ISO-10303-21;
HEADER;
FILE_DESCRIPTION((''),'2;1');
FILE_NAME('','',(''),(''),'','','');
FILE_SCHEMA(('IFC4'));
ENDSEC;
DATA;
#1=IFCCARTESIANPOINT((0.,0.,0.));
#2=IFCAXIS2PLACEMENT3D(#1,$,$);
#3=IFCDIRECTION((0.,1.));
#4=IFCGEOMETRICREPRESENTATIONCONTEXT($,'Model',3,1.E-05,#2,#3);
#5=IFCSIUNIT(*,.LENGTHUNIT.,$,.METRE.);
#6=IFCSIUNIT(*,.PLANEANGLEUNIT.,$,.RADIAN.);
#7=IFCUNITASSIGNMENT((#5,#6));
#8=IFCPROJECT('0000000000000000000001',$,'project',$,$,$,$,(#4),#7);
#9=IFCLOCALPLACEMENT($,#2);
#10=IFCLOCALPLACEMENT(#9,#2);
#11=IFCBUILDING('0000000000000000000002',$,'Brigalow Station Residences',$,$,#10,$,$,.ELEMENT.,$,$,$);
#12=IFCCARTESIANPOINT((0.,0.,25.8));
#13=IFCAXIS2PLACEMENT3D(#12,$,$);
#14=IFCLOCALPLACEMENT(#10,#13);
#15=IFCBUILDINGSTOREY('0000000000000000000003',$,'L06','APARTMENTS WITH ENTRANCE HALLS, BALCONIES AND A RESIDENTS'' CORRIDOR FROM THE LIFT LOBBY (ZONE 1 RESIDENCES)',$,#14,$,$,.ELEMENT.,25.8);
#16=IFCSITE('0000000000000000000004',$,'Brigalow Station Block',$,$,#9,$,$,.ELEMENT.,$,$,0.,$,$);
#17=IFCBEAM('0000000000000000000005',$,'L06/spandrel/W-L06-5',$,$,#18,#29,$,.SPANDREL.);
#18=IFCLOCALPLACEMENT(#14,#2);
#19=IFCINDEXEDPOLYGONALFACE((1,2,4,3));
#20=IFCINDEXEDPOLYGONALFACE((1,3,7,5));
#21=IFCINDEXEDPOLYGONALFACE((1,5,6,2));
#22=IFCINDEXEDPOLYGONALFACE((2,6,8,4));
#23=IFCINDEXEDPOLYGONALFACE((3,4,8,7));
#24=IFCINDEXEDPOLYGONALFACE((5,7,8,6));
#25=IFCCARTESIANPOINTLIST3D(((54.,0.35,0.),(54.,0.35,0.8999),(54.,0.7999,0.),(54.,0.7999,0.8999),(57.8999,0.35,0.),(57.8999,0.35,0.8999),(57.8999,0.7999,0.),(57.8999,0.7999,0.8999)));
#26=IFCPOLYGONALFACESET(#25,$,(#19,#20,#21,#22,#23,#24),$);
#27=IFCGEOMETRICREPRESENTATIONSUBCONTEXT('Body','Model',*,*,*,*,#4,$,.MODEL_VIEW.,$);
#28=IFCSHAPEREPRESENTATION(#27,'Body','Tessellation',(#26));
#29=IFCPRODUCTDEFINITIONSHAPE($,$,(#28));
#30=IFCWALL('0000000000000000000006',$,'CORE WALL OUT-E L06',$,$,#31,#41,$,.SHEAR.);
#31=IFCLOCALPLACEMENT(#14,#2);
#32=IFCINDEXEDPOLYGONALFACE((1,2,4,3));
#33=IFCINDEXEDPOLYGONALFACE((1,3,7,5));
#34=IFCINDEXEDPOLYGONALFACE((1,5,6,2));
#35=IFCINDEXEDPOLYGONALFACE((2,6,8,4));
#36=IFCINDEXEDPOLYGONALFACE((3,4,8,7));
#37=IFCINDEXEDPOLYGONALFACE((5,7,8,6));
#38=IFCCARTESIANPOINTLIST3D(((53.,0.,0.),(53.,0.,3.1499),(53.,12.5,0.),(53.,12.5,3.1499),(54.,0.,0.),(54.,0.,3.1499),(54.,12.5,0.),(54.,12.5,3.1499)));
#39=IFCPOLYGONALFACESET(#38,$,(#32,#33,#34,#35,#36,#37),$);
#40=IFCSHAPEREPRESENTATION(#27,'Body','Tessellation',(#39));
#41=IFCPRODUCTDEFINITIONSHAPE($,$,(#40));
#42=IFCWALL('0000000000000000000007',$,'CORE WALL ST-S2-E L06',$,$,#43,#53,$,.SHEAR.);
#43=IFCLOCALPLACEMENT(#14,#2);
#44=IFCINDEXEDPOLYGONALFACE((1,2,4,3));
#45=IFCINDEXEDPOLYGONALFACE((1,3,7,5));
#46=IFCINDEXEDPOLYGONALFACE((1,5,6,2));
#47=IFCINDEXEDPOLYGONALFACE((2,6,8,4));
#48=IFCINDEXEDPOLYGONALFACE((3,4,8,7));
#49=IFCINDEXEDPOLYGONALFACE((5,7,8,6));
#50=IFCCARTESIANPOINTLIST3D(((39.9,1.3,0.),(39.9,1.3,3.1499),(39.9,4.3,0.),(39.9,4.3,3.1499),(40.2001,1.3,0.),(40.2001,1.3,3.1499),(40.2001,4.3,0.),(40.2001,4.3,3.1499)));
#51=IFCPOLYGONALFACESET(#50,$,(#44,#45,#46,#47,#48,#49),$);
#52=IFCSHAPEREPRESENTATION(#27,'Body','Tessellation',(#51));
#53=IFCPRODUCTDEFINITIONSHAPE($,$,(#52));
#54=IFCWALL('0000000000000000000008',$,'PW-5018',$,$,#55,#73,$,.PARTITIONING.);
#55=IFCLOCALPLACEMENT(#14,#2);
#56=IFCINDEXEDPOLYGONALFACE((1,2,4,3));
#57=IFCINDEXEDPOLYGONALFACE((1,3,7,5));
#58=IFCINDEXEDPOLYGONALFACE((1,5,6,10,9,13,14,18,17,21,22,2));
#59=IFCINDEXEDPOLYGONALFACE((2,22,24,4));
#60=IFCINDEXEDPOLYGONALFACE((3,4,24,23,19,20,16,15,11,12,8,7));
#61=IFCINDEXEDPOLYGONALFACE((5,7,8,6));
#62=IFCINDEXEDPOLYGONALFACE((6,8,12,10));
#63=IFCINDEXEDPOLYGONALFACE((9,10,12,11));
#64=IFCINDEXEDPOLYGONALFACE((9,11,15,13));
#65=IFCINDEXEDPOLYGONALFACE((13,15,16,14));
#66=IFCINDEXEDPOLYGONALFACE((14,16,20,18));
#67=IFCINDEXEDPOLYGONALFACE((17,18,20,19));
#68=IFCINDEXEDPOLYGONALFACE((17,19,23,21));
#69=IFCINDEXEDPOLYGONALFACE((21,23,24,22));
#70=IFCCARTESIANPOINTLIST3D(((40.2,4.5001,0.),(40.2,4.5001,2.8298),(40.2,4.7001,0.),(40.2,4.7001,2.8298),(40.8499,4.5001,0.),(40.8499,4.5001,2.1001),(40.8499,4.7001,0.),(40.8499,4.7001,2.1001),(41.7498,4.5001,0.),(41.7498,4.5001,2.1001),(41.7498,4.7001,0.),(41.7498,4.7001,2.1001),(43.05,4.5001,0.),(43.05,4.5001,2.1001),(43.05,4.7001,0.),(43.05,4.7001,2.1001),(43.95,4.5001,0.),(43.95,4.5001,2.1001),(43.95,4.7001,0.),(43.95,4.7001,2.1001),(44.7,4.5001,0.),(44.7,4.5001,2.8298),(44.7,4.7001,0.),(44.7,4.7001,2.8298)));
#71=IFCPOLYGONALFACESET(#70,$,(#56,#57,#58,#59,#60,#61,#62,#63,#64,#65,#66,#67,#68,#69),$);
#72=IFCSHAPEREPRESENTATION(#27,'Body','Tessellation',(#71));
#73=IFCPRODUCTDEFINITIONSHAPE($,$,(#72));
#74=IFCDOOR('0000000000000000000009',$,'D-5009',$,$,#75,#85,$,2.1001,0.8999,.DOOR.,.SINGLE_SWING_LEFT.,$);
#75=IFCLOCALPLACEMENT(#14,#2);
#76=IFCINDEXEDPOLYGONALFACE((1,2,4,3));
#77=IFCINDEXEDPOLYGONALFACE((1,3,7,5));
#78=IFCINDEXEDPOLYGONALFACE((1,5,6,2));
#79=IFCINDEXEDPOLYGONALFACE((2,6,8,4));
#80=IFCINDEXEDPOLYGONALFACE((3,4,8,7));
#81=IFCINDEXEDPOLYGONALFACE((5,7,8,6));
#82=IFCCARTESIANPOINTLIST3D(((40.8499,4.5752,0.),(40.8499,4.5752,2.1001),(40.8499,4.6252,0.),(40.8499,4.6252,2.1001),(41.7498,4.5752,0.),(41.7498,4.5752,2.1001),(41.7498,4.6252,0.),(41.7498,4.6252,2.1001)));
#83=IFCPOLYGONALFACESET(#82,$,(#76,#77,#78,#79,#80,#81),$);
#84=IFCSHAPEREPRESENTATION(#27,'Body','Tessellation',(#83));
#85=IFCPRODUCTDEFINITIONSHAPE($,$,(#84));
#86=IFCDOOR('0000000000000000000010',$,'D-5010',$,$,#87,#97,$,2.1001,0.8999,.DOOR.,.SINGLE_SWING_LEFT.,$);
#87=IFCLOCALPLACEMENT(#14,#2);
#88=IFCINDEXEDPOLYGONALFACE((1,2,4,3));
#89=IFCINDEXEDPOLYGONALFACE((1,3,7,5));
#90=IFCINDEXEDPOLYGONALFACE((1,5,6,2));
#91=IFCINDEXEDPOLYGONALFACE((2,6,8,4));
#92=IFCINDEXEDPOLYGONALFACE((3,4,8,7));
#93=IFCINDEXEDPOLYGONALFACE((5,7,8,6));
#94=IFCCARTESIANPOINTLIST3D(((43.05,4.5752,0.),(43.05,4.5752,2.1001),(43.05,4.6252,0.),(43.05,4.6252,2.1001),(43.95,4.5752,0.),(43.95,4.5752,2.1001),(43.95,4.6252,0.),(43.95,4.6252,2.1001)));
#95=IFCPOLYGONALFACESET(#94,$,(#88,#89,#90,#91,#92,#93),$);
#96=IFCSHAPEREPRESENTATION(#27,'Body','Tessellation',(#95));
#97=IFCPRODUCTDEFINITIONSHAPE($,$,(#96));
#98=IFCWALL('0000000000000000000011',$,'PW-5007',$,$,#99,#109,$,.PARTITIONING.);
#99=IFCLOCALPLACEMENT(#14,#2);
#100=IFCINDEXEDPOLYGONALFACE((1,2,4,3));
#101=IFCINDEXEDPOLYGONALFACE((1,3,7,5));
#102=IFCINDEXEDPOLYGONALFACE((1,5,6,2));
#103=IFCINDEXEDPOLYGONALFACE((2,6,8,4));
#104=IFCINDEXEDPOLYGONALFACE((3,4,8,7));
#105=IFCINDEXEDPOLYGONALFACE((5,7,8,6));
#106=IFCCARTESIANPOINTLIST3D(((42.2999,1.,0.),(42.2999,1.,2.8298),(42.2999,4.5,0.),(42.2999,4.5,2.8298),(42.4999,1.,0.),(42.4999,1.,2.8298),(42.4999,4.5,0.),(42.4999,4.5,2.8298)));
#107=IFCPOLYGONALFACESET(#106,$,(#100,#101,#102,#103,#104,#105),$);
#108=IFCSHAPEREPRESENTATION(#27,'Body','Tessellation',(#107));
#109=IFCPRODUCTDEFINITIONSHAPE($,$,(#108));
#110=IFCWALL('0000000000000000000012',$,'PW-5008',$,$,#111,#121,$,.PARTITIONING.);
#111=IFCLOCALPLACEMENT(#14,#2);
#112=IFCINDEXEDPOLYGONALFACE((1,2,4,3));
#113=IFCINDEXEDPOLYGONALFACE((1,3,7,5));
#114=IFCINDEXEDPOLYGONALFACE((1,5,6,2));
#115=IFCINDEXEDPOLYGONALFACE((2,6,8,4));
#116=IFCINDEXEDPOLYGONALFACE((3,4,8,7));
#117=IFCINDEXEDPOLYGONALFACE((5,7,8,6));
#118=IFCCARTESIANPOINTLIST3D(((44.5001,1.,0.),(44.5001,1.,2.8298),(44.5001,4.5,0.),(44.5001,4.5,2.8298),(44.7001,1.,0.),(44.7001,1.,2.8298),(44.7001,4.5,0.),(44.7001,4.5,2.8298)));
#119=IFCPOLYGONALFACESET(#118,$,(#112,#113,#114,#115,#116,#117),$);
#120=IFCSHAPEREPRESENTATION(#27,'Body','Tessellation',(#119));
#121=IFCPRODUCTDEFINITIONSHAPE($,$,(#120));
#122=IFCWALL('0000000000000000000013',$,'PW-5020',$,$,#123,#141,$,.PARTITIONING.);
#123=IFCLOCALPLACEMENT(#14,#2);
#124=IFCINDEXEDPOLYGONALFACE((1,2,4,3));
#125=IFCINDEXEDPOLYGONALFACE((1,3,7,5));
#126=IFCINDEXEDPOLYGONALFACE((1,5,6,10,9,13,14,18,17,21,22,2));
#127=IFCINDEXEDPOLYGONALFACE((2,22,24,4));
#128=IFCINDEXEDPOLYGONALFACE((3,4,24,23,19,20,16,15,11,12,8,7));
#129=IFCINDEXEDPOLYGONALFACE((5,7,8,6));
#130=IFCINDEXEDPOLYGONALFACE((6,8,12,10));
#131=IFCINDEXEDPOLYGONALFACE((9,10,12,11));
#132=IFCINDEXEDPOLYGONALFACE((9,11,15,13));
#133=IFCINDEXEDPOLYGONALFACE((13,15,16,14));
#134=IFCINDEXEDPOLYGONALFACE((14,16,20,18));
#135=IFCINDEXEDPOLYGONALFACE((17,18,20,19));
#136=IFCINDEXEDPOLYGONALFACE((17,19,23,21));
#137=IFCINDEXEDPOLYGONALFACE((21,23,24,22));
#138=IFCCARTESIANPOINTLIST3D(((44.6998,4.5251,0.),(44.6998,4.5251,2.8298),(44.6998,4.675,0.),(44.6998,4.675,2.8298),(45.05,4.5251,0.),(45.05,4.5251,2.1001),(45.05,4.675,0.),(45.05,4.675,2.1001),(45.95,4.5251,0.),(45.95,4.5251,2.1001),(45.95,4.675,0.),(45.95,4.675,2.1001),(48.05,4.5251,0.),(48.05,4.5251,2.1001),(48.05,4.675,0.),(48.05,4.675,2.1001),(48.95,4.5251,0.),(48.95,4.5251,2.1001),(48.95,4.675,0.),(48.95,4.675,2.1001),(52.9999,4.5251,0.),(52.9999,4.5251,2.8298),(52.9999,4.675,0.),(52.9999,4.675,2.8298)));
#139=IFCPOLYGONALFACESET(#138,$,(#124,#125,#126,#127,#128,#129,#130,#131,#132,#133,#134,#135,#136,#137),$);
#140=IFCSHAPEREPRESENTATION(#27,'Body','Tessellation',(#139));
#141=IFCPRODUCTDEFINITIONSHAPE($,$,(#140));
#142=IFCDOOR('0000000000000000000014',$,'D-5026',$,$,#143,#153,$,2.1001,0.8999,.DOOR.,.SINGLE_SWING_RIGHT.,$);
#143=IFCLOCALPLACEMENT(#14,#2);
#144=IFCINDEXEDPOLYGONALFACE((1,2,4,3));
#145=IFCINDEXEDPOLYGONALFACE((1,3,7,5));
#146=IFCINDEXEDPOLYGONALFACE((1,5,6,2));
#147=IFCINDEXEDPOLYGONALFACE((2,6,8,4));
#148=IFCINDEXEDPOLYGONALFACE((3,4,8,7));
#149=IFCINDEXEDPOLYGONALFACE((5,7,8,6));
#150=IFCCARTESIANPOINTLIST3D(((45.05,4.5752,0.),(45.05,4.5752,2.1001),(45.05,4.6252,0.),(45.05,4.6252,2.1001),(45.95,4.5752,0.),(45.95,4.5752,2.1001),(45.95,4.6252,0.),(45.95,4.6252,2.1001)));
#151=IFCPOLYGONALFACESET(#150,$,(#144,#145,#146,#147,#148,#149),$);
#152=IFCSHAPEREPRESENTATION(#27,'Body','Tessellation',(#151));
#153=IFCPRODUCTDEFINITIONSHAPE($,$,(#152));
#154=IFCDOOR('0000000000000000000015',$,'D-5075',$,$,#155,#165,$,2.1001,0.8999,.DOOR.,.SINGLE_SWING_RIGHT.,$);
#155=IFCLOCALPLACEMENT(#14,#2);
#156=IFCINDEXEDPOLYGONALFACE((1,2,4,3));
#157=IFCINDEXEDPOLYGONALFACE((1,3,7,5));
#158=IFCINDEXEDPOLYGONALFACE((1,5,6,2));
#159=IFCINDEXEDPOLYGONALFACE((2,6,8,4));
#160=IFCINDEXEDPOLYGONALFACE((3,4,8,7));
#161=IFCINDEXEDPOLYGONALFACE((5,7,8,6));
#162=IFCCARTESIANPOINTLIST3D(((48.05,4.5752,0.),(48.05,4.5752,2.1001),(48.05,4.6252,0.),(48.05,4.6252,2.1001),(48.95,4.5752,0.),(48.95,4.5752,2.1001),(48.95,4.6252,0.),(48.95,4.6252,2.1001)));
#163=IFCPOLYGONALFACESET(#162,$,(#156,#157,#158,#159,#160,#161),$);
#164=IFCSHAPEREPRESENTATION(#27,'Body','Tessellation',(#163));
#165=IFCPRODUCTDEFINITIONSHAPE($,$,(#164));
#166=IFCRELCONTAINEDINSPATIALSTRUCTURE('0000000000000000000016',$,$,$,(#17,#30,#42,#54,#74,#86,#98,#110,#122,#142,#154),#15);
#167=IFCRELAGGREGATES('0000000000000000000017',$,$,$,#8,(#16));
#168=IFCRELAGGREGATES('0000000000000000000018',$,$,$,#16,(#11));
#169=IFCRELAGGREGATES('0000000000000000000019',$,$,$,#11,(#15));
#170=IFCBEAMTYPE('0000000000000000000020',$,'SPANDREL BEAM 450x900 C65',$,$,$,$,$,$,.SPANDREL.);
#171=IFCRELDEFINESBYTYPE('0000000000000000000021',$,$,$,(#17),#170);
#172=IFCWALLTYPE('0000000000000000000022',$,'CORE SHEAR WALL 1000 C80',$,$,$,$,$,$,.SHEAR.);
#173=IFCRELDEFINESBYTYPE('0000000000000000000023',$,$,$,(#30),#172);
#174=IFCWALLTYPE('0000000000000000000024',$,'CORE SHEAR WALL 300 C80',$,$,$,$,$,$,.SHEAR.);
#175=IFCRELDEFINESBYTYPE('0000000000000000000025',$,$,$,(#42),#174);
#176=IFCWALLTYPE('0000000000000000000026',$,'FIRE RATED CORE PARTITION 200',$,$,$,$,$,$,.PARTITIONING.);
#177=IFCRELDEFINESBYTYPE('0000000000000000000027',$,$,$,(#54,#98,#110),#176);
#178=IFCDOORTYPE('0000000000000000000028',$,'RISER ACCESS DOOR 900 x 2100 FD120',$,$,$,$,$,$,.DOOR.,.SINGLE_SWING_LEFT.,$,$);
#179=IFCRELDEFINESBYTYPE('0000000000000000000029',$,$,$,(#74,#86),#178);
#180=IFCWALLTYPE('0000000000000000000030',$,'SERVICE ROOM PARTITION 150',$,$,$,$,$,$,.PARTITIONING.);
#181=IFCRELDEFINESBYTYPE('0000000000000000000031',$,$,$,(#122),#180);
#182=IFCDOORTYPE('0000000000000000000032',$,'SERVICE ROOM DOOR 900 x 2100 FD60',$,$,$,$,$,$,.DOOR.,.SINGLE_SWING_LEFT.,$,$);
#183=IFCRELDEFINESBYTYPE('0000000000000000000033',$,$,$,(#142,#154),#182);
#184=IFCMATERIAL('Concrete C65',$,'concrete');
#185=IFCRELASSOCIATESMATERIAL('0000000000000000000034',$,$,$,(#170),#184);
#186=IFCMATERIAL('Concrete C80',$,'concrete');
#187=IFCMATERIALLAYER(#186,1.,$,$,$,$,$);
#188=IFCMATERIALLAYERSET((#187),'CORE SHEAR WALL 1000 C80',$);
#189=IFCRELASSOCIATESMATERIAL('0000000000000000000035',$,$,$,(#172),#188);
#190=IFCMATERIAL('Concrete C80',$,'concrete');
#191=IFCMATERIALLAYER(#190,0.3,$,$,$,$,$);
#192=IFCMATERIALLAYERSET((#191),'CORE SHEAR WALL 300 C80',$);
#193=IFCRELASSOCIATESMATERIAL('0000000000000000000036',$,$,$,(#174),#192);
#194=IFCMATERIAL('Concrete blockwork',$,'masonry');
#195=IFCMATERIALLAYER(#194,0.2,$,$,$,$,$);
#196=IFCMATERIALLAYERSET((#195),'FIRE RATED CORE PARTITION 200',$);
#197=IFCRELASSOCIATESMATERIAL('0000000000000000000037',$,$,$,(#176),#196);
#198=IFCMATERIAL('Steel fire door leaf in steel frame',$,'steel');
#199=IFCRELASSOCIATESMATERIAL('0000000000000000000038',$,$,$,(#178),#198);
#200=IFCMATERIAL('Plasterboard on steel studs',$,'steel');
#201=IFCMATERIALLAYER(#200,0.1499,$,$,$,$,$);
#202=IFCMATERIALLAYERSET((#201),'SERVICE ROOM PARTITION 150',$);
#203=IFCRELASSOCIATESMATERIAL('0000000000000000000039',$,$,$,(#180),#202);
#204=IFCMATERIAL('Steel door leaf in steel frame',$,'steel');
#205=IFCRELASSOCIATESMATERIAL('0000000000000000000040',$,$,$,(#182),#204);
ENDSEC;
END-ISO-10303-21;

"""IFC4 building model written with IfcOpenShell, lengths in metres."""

from ifc_helpers import new_model, si_unit, direction, frame, frame_2d, origin, origin_2d, place, context, subcontext, project, spatial, rectangle, extrude, material, layer, layer_set, material_profile, profile_set, type_object, element, fill, save


model = new_model("IFC4")

# Units and contexts
model_context = context("Model", 3, precision=1e-05, world=origin(), true_north=direction((0.0, 1.0)))
body_context = subcontext(model_context, "Body", "Model", "MODEL_VIEW")
ifc_project = project(units=[si_unit("LENGTHUNIT", "METRE"), si_unit("PLANEANGLEUNIT", "RADIAN")], contexts=[model_context])

# Site, building, storey
site_placement = place(None, origin())
site = spatial("IfcSite", under=ifc_project, at=site_placement, Name="Brigalow Station Block", CompositionType="ELEMENT", RefElevation=0.0)
building_placement = place(site_placement, origin())
building = spatial("IfcBuilding", under=site, at=building_placement, Name="Brigalow Station Residences", CompositionType="ELEMENT")
storey_placement = place(building_placement, frame((0.0, 0.0, 25.8)))
storey = spatial("IfcBuildingStorey", under=building, at=storey_placement, Name="L06", Description="APARTMENTS WITH ENTRANCE HALLS, BALCONIES AND A RESIDENTS' CORRIDOR FROM THE LIFT LOBBY (ZONE 1 RESIDENCES)", CompositionType="ELEMENT", Elevation=25.8)

# Beam
ifc_material_1 = material(Name="Concrete C65", Category="concrete")
ifc_material_profile = material_profile(ifc_material_1, rectangle(XDim=0.45, YDim=0.8999, at=origin_2d()), Name="RC450x900")
ifc_profile_set = profile_set([ifc_material_profile], Name="Concrete C65")
beam_type = type_object("IfcBeamType", Name="SPANDREL BEAM 450x900 C65", PredefinedType="SPANDREL", material=ifc_profile_set)
beam_placement = place(storey_placement, frame((54.0, 0.575, 0.45), z_axis=(1.0, 0.0, 0.0), x_axis=(0.0, 1.0, 0.0)))
element("IfcBeam", 1, at=beam_placement, inside=storey, type_object=beam_type, Name="L06/spandrel/W-L06-5", PredefinedType="SPANDREL", context=body_context, shape_type="SweptSolid", body=[
    extrude(rectangle(XDim=0.45, YDim=0.8999, at=origin_2d()), origin(), (0.0, 0.0, 1.0), 3.8999),
])

# Walls
ifc_material_2 = material(Name="Concrete C80", Category="concrete")
ifc_layer_1 = layer(ifc_material_2, 1.0)
ifc_layer_set_1 = layer_set([ifc_layer_1], Name="CORE SHEAR WALL 1000 C80")
wall_type_1 = type_object("IfcWallType", Name="CORE SHEAR WALL 1000 C80", PredefinedType="SHEAR", material=ifc_layer_set_1)
wall_1_placement = place(storey_placement, frame((53.5, 0.0, 0.0), z_axis=(0.0, 0.0, 1.0), x_axis=(0.0, 1.0, 0.0)))
element("IfcWall", 2, at=wall_1_placement, inside=storey, type_object=wall_type_1, Name="CORE WALL OUT-E L06", PredefinedType="SHEAR", context=body_context, shape_type="SweptSolid", body=[
    extrude(rectangle(XDim=12.5, YDim=1.0, at=frame_2d((6.25, 0.0))), origin(), (0.0, 0.0, 1.0), 3.1499),
])
ifc_material_3 = material(Name="Concrete C80", Category="concrete")
ifc_layer_2 = layer(ifc_material_3, 0.3)
ifc_layer_set_2 = layer_set([ifc_layer_2], Name="CORE SHEAR WALL 300 C80")
wall_type_2 = type_object("IfcWallType", Name="CORE SHEAR WALL 300 C80", PredefinedType="SHEAR", material=ifc_layer_set_2)
wall_2_placement = place(storey_placement, frame((40.05, 1.3, 0.0), z_axis=(0.0, 0.0, 1.0), x_axis=(0.0, 1.0, 0.0)))
element("IfcWall", 3, at=wall_2_placement, inside=storey, type_object=wall_type_2, Name="CORE WALL ST-S2-E L06", PredefinedType="SHEAR", context=body_context, shape_type="SweptSolid", body=[
    extrude(rectangle(XDim=3.0, YDim=0.3, at=frame_2d((1.5, 0.0))), origin(), (0.0, 0.0, 1.0), 3.1499),
])

# Wall, openings, doors
ifc_material_4 = material(Name="Concrete blockwork", Category="masonry")
ifc_layer_3 = layer(ifc_material_4, 0.2)
ifc_layer_set_3 = layer_set([ifc_layer_3], Name="FIRE RATED CORE PARTITION 200")
wall_type_3 = type_object("IfcWallType", Name="FIRE RATED CORE PARTITION 200", PredefinedType="PARTITIONING", material=ifc_layer_set_3)
wall_3_placement = place(storey_placement, frame((40.2, 4.6001, 0.0), z_axis=(0.0, 0.0, 1.0), x_axis=(1.0, 0.0, 0.0)))
wall_3 = element("IfcWall", 4, at=wall_3_placement, inside=storey, type_object=wall_type_3, Name="PW-5018", PredefinedType="PARTITIONING", context=body_context, shape_type="SweptSolid", body=[
    extrude(rectangle(XDim=4.5, YDim=0.2, at=frame_2d((2.25, 0.0))), origin(), (0.0, 0.0, 1.0), 2.8298),
])
opening_1_placement = place(wall_3_placement, frame((0.6499, 0.0, 0.0)))
opening_1 = element("IfcOpeningElement", 5, at=opening_1_placement, cuts=wall_3, PredefinedType="OPENING", context=body_context, shape_type="SweptSolid", body=[
    extrude(rectangle(XDim=0.8999, YDim=2.1001, at=frame_2d((0.45, 1.05))), frame((0.0, 0.1099, 0.0), z_axis=(0.0, -1.0, 0.0), x_axis=(1.0, 0.0, 0.0)), (0.0, 0.0, 1.0), 0.22),
])
opening_2_placement = place(wall_3_placement, frame((2.8501, 0.0, 0.0)))
opening_2 = element("IfcOpeningElement", 6, at=opening_2_placement, cuts=wall_3, PredefinedType="OPENING", context=body_context, shape_type="SweptSolid", body=[
    extrude(rectangle(XDim=0.8999, YDim=2.1001, at=frame_2d((0.45, 1.05))), frame((0.0, 0.1099, 0.0), z_axis=(0.0, -1.0, 0.0), x_axis=(1.0, 0.0, 0.0)), (0.0, 0.0, 1.0), 0.22),
])
ifc_material_5 = material(Name="Steel fire door leaf in steel frame", Category="steel")
door_type_1 = type_object("IfcDoorType", Name="RISER ACCESS DOOR 900 x 2100 FD120", OperationType="SINGLE_SWING_LEFT", PredefinedType="DOOR", material=ifc_material_5)
door_1_placement = place(opening_1_placement, frame((0.8999, 0.0, 0.0), z_axis=(0.0, 0.0, 1.0), x_axis=(-1.0, 0.0, 0.0)))
door_1 = element("IfcDoor", 7, at=door_1_placement, inside=storey, type_object=door_type_1, Name="D-5009", OperationType="SINGLE_SWING_LEFT", OverallHeight=2.1001, OverallWidth=0.8999, PredefinedType="DOOR", context=body_context, shape_type="SweptSolid", body=[
    extrude(rectangle(XDim=0.8999, YDim=2.1001, at=frame_2d((0.45, 1.05))), frame((0.0, 0.0249, 0.0), z_axis=(0.0, -1.0, 0.0), x_axis=(1.0, 0.0, 0.0)), (0.0, 0.0, 1.0), 0.05),
])
fill(opening_1, door_1)
door_2_placement = place(opening_2_placement, frame((0.8999, 0.0, 0.0), z_axis=(0.0, 0.0, 1.0), x_axis=(-1.0, 0.0, 0.0)))
door_2 = element("IfcDoor", 8, at=door_2_placement, inside=storey, type_object=door_type_1, Name="D-5010", OperationType="SINGLE_SWING_LEFT", OverallHeight=2.1001, OverallWidth=0.8999, PredefinedType="DOOR", context=body_context, shape_type="SweptSolid", body=[
    extrude(rectangle(XDim=0.8999, YDim=2.1001, at=frame_2d((0.45, 1.05))), frame((0.0, 0.0249, 0.0), z_axis=(0.0, -1.0, 0.0), x_axis=(1.0, 0.0, 0.0)), (0.0, 0.0, 1.0), 0.05),
])
fill(opening_2, door_2)

# Walls
for number, where, z_axis, x_axis, name in (
    (9, (42.3999, 1.0, 0.0), (0.0, 0.0, 1.0), (0.0, 1.0, 0.0), "PW-5007"),
    (10, (44.6001, 1.0, 0.0), (0.0, 0.0, 1.0), (0.0, 1.0, 0.0), "PW-5008"),
):
    element("IfcWall", number, at=place(storey_placement, frame(where, z_axis=z_axis, x_axis=x_axis)), inside=storey, type_object=wall_type_3, Name=name, PredefinedType="PARTITIONING", context=body_context, shape_type="SweptSolid", body=[
        extrude(rectangle(XDim=3.5, YDim=0.2, at=frame_2d((1.75, 0.0))), origin(), (0.0, 0.0, 1.0), 2.8298),
    ])

# Wall, openings, doors
ifc_material_6 = material(Name="Plasterboard on steel studs", Category="steel")
ifc_layer_4 = layer(ifc_material_6, 0.1499)
ifc_layer_set_4 = layer_set([ifc_layer_4], Name="SERVICE ROOM PARTITION 150")
wall_type_4 = type_object("IfcWallType", Name="SERVICE ROOM PARTITION 150", PredefinedType="PARTITIONING", material=ifc_layer_set_4)
wall_4_placement = place(storey_placement, frame((44.7, 4.6001, 0.0), z_axis=(0.0, 0.0, 1.0), x_axis=(1.0, 0.0, 0.0)))
wall_4 = element("IfcWall", 11, at=wall_4_placement, inside=storey, type_object=wall_type_4, Name="PW-5020", PredefinedType="PARTITIONING", context=body_context, shape_type="SweptSolid", body=[
    extrude(rectangle(XDim=8.3, YDim=0.1499, at=frame_2d((4.1499, 0.0))), origin(), (0.0, 0.0, 1.0), 2.8298),
])
opening_3_placement = place(wall_4_placement, frame((0.3501, 0.0, 0.0)))
opening_3 = element("IfcOpeningElement", 12, at=opening_3_placement, cuts=wall_4, PredefinedType="OPENING", context=body_context, shape_type="SweptSolid", body=[
    extrude(rectangle(XDim=0.8999, YDim=2.1001, at=frame_2d((0.45, 1.05))), frame((0.0, 0.085, 0.0), z_axis=(0.0, -1.0, 0.0), x_axis=(1.0, 0.0, 0.0)), (0.0, 0.0, 1.0), 0.1699),
])
opening_4_placement = place(wall_4_placement, frame((3.3501, 0.0, 0.0)))
opening_4 = element("IfcOpeningElement", 13, at=opening_4_placement, cuts=wall_4, PredefinedType="OPENING", context=body_context, shape_type="SweptSolid", body=[
    extrude(rectangle(XDim=0.8999, YDim=2.1001, at=frame_2d((0.45, 1.05))), frame((0.0, 0.085, 0.0), z_axis=(0.0, -1.0, 0.0), x_axis=(1.0, 0.0, 0.0)), (0.0, 0.0, 1.0), 0.1699),
])
ifc_material_7 = material(Name="Steel door leaf in steel frame", Category="steel")
door_type_2 = type_object("IfcDoorType", Name="SERVICE ROOM DOOR 900 x 2100 FD60", OperationType="SINGLE_SWING_LEFT", PredefinedType="DOOR", material=ifc_material_7)
door_3_placement = place(opening_3_placement, frame((0.8999, 0.0, 0.0), z_axis=(0.0, 0.0, 1.0), x_axis=(-1.0, 0.0, 0.0)))
door_3 = element("IfcDoor", 14, at=door_3_placement, inside=storey, type_object=door_type_2, Name="D-5026", OperationType="SINGLE_SWING_RIGHT", OverallHeight=2.1001, OverallWidth=0.8999, PredefinedType="DOOR", context=body_context, shape_type="SweptSolid", body=[
    extrude(rectangle(XDim=0.8999, YDim=2.1001, at=frame_2d((0.45, 1.05))), frame((0.0, 0.0249, 0.0), z_axis=(0.0, -1.0, 0.0), x_axis=(1.0, 0.0, 0.0)), (0.0, 0.0, 1.0), 0.05),
])
fill(opening_3, door_3)
door_4_placement = place(opening_4_placement, frame((0.8999, 0.0, 0.0), z_axis=(0.0, 0.0, 1.0), x_axis=(-1.0, 0.0, 0.0)))
door_4 = element("IfcDoor", 15, at=door_4_placement, inside=storey, type_object=door_type_2, Name="D-5075", OperationType="SINGLE_SWING_RIGHT", OverallHeight=2.1001, OverallWidth=0.8999, PredefinedType="DOOR", context=body_context, shape_type="SweptSolid", body=[
    extrude(rectangle(XDim=0.8999, YDim=2.1001, at=frame_2d((0.45, 1.05))), frame((0.0, 0.0249, 0.0), z_axis=(0.0, -1.0, 0.0), x_axis=(1.0, 0.0, 0.0)), (0.0, 0.0, 1.0), 0.05),
])
fill(opening_4, door_4)

save(model, "model.ifc")
